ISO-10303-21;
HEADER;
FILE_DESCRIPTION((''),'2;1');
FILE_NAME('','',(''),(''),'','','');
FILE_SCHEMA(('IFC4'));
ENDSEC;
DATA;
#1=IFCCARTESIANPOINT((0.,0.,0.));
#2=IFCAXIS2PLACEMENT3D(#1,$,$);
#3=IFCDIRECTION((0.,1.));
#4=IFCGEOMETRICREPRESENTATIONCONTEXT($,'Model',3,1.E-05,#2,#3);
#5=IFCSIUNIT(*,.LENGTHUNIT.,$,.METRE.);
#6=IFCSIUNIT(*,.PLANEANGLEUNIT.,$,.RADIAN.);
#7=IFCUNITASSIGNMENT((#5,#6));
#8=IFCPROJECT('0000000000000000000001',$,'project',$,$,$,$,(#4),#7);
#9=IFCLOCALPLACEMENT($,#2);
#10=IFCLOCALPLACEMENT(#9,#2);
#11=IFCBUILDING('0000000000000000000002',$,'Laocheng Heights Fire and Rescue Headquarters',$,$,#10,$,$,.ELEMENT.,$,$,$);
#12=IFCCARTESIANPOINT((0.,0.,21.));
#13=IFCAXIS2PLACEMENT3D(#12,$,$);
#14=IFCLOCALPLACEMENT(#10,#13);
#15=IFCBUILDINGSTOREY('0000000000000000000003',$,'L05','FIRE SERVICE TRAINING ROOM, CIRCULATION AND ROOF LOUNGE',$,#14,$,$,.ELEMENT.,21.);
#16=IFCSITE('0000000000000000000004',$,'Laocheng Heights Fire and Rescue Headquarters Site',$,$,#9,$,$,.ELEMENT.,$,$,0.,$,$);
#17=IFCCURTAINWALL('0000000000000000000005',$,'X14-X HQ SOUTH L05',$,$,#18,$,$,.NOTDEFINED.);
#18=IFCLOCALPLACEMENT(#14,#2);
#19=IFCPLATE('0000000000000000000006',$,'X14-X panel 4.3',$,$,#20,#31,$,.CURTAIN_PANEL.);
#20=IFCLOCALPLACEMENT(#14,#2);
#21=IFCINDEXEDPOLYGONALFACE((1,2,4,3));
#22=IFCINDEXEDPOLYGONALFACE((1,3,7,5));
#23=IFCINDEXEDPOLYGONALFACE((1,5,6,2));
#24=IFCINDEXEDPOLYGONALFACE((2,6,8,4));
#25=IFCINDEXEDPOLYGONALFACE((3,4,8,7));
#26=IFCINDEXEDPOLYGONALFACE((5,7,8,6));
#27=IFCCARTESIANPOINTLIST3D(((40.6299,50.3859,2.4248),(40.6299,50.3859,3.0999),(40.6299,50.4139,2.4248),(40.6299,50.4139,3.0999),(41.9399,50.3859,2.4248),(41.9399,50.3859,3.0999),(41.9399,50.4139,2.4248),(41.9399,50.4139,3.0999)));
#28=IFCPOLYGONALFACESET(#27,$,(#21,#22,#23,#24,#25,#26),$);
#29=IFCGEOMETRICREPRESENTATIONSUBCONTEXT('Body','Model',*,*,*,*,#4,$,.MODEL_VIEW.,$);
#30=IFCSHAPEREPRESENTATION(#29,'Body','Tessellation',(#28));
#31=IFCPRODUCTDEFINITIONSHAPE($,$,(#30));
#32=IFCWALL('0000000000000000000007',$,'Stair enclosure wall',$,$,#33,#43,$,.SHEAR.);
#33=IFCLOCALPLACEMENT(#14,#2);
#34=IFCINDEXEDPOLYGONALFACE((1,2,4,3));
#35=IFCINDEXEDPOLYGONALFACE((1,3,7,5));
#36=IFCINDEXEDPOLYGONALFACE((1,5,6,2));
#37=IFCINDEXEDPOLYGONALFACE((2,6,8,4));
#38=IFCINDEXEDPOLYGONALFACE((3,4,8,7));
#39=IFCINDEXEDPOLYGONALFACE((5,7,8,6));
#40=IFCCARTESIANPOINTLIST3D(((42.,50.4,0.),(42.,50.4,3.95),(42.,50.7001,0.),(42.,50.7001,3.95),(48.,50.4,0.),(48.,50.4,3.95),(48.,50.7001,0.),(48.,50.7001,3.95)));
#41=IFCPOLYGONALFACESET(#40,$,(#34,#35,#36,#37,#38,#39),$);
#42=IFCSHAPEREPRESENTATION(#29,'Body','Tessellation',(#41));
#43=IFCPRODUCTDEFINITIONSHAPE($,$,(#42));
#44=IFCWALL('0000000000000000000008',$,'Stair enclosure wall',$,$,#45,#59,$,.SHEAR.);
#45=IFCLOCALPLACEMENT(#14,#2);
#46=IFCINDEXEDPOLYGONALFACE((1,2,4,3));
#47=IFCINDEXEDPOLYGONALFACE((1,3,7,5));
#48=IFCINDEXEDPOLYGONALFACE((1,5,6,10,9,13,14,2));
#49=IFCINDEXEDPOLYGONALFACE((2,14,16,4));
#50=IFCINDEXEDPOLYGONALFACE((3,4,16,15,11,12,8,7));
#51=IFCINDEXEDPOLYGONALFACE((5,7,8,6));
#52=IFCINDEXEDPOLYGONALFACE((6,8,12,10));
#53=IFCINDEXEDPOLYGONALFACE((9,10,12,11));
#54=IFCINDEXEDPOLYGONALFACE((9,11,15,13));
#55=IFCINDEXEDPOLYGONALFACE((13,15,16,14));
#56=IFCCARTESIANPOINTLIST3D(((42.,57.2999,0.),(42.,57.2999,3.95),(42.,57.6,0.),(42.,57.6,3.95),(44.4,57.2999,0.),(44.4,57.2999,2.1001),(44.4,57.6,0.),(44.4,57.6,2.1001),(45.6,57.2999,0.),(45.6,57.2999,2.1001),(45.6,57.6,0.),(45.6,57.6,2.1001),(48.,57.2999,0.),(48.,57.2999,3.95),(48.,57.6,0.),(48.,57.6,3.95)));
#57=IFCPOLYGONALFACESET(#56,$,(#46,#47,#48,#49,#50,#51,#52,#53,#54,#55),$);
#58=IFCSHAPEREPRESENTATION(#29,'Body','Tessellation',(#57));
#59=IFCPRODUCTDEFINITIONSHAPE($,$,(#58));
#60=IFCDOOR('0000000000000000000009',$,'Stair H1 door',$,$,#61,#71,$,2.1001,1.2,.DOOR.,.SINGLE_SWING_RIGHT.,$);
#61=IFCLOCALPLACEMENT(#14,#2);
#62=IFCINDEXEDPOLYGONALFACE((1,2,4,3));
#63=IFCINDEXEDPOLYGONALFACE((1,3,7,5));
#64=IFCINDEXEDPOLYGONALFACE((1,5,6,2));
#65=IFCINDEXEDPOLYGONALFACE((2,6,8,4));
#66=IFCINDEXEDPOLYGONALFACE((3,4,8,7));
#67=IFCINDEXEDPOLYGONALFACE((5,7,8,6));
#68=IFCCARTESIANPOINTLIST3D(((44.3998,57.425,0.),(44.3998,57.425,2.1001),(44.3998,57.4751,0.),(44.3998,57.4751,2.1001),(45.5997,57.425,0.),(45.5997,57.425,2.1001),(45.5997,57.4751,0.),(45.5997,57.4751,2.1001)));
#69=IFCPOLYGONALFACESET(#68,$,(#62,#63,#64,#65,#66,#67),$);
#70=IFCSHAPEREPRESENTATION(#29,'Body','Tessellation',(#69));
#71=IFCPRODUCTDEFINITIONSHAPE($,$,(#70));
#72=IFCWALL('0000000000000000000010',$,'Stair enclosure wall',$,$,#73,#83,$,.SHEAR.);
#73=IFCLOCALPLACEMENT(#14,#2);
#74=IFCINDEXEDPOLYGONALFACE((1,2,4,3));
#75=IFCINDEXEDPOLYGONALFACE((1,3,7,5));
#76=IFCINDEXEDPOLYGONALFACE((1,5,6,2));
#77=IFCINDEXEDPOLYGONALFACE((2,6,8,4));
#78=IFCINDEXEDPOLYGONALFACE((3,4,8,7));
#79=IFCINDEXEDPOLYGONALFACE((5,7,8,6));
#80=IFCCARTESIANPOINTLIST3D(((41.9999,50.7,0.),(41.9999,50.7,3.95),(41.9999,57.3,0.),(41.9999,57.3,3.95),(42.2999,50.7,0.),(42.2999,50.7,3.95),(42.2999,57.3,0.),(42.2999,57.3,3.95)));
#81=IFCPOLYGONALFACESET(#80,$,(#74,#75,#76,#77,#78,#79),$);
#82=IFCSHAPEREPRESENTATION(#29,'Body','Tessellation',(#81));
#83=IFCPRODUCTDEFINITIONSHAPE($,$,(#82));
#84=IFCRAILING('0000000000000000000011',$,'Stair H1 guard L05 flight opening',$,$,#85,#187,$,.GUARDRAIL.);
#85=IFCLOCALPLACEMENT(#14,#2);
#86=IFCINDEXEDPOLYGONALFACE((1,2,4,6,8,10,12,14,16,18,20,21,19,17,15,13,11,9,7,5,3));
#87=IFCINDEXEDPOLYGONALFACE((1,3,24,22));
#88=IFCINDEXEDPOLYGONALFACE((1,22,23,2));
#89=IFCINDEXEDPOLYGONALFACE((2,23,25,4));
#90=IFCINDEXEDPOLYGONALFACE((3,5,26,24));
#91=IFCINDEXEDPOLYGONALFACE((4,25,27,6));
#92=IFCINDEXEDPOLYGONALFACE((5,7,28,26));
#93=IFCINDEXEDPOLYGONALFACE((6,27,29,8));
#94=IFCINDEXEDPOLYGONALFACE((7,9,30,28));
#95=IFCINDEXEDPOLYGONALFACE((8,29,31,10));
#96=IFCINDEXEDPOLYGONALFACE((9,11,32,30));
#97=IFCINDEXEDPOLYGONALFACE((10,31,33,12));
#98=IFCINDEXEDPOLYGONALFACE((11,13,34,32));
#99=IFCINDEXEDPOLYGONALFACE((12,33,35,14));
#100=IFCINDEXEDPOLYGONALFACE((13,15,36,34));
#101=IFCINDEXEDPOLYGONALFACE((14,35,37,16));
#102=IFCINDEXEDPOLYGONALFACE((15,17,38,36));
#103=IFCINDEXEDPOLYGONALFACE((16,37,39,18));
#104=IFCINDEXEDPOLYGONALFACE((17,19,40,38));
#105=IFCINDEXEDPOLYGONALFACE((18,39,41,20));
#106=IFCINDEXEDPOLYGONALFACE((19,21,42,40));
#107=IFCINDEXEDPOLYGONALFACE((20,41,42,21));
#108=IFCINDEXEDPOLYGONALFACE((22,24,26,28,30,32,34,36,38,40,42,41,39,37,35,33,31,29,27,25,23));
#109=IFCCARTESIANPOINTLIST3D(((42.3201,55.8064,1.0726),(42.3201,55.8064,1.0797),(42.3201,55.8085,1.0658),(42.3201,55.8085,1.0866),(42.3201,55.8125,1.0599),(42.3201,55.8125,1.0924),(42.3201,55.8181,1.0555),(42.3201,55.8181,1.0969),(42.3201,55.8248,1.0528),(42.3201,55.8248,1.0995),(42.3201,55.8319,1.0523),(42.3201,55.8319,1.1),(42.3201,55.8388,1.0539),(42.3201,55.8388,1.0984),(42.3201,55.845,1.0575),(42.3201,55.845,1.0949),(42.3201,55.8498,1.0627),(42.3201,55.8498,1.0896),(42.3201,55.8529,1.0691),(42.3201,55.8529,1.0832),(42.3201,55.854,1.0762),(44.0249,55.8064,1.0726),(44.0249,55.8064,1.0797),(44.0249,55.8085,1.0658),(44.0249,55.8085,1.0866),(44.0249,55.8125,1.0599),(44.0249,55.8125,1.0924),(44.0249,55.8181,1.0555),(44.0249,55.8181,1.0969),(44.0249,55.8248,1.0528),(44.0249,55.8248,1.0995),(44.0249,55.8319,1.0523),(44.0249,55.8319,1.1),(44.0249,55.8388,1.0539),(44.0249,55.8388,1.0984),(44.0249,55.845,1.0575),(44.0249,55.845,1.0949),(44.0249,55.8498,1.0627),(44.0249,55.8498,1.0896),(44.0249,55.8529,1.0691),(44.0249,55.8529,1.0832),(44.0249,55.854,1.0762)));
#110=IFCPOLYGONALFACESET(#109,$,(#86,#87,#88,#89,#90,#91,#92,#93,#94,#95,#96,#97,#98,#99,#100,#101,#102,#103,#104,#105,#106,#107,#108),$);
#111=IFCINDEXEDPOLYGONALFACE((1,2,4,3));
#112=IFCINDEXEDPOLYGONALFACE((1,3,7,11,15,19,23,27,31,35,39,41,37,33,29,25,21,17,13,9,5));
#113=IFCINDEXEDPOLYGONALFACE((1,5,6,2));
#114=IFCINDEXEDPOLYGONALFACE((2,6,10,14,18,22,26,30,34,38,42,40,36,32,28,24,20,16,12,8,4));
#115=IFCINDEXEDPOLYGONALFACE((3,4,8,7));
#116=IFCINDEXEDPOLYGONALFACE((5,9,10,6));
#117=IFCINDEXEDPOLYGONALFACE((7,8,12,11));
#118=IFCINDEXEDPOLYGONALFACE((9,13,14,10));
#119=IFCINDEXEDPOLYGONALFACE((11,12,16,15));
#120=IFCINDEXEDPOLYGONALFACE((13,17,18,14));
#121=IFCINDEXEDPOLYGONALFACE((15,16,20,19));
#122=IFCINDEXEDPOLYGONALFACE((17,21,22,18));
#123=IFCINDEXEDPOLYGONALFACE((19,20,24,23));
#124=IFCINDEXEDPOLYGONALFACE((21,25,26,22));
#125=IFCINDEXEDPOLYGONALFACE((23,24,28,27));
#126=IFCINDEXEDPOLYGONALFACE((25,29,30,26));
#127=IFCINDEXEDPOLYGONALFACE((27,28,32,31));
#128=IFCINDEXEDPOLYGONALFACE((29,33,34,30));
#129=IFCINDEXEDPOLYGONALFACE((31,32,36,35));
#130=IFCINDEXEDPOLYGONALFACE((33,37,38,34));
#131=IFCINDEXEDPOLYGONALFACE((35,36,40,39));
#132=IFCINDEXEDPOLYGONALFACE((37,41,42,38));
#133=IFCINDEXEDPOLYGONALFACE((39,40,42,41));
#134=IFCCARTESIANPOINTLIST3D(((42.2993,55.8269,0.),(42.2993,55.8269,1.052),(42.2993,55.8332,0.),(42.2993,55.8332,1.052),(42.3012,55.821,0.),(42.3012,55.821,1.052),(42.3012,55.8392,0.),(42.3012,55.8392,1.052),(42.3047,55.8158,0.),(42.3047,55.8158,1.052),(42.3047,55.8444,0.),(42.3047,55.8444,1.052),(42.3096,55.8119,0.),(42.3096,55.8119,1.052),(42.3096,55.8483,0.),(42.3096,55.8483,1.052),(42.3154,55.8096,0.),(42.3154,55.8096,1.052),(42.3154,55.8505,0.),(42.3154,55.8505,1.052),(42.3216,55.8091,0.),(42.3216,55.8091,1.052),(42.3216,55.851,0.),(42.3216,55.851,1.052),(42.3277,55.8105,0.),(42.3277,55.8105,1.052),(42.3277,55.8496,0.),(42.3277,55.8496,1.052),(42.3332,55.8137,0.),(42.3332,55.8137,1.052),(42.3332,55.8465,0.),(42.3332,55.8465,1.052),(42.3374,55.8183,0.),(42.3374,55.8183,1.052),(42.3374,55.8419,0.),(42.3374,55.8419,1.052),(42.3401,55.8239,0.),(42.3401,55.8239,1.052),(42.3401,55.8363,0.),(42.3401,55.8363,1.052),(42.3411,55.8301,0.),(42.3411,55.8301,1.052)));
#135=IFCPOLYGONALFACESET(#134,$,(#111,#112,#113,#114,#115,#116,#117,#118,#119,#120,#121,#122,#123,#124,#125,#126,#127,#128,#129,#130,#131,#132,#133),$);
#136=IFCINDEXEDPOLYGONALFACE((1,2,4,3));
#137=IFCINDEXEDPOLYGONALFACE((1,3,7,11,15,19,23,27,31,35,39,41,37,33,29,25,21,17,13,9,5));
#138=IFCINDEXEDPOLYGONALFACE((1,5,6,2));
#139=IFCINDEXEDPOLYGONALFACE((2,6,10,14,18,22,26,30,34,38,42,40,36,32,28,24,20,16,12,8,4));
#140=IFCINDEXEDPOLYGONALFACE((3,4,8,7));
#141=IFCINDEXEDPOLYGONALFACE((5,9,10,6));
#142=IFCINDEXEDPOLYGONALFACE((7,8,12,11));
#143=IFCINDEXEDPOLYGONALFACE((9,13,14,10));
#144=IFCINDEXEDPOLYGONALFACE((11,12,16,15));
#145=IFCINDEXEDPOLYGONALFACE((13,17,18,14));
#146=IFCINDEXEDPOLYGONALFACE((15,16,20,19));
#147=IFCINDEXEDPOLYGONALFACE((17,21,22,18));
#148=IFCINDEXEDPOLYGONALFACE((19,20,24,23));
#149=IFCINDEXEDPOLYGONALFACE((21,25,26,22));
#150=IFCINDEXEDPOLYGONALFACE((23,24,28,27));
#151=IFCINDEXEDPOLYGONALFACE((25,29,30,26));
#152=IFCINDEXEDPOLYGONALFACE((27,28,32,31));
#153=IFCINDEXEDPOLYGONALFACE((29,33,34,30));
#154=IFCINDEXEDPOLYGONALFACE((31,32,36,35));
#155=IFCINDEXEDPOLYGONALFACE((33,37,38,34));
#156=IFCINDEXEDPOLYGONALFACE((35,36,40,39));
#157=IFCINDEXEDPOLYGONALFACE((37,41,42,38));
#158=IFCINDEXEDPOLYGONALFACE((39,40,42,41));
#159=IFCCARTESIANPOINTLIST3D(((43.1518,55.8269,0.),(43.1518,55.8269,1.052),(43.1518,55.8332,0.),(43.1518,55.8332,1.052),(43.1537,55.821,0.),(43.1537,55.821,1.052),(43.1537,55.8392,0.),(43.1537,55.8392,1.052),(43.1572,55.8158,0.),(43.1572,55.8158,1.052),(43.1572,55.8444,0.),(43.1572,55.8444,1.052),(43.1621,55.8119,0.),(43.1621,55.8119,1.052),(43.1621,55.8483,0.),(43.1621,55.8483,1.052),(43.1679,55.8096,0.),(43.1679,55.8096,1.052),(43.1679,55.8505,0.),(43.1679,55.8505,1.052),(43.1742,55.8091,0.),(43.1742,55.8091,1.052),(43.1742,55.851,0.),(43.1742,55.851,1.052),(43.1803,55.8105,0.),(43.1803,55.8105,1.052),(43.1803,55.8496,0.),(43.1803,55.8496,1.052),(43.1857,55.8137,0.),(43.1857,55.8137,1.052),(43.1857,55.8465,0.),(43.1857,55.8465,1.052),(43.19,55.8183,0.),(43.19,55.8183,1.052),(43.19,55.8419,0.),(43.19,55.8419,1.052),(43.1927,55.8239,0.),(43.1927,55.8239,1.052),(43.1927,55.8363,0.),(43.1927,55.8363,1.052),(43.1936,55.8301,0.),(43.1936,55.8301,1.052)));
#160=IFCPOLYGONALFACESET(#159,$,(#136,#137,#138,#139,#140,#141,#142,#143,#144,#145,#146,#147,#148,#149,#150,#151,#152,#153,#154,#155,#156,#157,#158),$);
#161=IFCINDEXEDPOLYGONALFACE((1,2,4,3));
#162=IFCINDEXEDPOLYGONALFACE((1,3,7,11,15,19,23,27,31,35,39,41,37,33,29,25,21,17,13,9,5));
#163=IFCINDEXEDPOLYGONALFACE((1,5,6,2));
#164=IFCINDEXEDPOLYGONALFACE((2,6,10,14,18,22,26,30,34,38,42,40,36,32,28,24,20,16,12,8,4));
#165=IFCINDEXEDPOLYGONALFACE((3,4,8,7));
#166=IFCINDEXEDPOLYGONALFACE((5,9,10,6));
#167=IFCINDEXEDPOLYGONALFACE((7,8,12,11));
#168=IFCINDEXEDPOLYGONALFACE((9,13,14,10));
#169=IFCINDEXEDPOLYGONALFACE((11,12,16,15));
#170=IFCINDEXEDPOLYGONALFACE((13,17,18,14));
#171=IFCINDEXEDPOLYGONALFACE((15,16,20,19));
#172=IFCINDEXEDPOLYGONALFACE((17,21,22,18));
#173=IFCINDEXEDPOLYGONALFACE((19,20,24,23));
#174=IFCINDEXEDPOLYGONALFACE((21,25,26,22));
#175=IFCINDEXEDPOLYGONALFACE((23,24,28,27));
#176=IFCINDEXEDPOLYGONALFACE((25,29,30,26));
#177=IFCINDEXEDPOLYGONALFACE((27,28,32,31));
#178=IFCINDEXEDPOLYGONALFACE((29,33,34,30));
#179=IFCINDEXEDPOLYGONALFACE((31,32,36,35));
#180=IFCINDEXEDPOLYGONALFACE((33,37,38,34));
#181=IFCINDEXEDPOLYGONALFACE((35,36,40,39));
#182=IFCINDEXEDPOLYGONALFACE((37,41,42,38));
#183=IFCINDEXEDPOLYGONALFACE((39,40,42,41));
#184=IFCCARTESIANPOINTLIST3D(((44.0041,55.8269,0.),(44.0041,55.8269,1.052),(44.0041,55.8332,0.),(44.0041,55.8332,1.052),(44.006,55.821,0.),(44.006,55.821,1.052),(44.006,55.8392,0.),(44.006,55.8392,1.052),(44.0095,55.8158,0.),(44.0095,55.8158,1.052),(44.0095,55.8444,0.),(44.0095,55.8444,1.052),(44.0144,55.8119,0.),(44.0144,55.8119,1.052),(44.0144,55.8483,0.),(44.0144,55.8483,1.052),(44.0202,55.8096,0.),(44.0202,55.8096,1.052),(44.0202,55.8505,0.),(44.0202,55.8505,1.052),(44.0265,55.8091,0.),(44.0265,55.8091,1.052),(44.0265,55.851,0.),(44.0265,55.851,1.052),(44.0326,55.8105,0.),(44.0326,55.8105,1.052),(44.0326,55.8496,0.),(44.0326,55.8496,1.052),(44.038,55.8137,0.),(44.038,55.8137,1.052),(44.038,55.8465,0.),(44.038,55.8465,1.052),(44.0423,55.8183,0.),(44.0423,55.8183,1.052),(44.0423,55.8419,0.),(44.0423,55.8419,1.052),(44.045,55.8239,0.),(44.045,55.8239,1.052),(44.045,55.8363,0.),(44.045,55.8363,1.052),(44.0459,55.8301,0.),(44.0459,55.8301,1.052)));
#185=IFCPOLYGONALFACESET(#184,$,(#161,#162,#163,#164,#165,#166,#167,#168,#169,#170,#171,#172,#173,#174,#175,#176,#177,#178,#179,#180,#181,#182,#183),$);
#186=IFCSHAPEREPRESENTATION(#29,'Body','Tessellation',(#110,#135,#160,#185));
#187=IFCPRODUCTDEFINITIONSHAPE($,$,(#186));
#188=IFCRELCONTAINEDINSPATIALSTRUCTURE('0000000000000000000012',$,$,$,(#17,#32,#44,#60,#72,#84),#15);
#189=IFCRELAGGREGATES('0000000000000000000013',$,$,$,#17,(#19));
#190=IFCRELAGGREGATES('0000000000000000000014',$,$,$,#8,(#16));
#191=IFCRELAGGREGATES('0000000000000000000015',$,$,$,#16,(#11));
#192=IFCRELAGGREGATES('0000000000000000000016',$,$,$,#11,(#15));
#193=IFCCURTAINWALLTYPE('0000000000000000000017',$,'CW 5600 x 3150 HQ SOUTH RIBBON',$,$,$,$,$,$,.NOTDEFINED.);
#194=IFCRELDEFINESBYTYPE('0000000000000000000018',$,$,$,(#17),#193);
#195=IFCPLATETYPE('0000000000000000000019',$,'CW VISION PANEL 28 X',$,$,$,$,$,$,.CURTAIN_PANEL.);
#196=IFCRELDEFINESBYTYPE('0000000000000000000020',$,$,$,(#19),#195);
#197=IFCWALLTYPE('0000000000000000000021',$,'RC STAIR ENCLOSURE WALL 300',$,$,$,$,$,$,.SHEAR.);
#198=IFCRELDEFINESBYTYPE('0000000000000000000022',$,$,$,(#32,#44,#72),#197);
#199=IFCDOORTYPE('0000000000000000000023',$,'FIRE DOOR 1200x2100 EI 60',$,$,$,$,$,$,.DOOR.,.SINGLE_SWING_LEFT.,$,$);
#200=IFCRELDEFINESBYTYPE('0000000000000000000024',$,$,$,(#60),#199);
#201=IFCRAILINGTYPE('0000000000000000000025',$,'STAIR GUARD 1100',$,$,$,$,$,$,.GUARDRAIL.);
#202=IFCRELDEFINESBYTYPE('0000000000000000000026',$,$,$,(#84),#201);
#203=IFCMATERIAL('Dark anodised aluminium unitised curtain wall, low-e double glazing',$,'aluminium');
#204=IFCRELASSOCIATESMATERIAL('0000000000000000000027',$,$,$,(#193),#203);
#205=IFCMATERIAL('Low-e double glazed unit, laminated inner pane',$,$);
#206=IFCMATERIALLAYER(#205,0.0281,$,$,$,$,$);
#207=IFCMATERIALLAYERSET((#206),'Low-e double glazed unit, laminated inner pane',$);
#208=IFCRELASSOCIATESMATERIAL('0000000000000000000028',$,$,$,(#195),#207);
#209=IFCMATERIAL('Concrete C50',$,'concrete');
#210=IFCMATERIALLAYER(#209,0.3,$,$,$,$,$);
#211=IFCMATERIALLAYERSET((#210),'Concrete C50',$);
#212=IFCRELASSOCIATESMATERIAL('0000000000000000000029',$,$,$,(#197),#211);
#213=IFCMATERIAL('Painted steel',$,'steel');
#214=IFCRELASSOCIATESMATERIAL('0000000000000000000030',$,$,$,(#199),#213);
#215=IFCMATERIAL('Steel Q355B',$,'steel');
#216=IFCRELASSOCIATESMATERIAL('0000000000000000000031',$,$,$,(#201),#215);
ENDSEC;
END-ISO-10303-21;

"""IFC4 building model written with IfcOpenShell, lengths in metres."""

from ifc_helpers import new_model, si_unit, direction, frame, frame_2d, origin, origin_2d, place, context, subcontext, project, spatial, rectangle, circle, extrude, material, layer, layer_set, type_object, element, fill, aggregate, save


model = new_model("IFC4")

# Units and contexts
model_context = context("Model", 3, precision=1e-05, world=origin(), true_north=direction((0.0, 1.0)))
body_context = subcontext(model_context, "Body", "Model", "MODEL_VIEW")
ifc_project = project(units=[si_unit("LENGTHUNIT", "METRE"), si_unit("PLANEANGLEUNIT", "RADIAN")], contexts=[model_context])

# Site, building, storey
site_placement = place(None, origin())
site = spatial("IfcSite", under=ifc_project, at=site_placement, Name="Laocheng Heights Fire and Rescue Headquarters Site", CompositionType="ELEMENT", RefElevation=0.0)
building_placement = place(site_placement, origin())
building = spatial("IfcBuilding", under=site, at=building_placement, Name="Laocheng Heights Fire and Rescue Headquarters", CompositionType="ELEMENT")
storey_placement = place(building_placement, frame((0.0, 0.0, 21.0)))
storey = spatial("IfcBuildingStorey", under=building, at=storey_placement, Name="L05", Description="FIRE SERVICE TRAINING ROOM, CIRCULATION AND ROOF LOUNGE", CompositionType="ELEMENT", Elevation=21.0)

# Curtain wall
ifc_material_1 = material(Name="Dark anodised aluminium unitised curtain wall, low-e double glazing", Category="aluminium")
curtain_wall_type = type_object("IfcCurtainWallType", Name="CW 5600 x 3150 HQ SOUTH RIBBON", PredefinedType="NOTDEFINED", material=ifc_material_1)
curtain_wall_placement = place(storey_placement, origin())
curtain_wall = element("IfcCurtainWall", 1, at=curtain_wall_placement, inside=storey, type_object=curtain_wall_type, Name="X14-X HQ SOUTH L05", PredefinedType="NOTDEFINED")

# Plate
ifc_material_2 = material(Name="Low-e double glazed unit, laminated inner pane")
ifc_layer_1 = layer(ifc_material_2, 0.0281)
ifc_layer_set_1 = layer_set([ifc_layer_1], Name="Low-e double glazed unit, laminated inner pane")
plate_type_1 = type_object("IfcPlateType", Name="CW VISION PANEL 28 X", PredefinedType="CURTAIN_PANEL", material=ifc_layer_set_1)
plate_1_placement = place(storey_placement, frame((41.2849, 50.3999, 2.4248), z_axis=(0.0, 0.0, 1.0), x_axis=(1.0, 0.0, 0.0)))
plate_1 = element("IfcPlate", 2, at=plate_1_placement, type_object=plate_type_1, Name="X14-X panel 4.3", PredefinedType="CURTAIN_PANEL", context=body_context, shape_type="SweptSolid", body=[
    extrude(rectangle(XDim=1.3101, YDim=0.0281, at=origin_2d()), origin(), (0.0, 0.0, 1.0), 0.675),
])
aggregate(curtain_wall, [plate_1])

# Wall
ifc_material_3 = material(Name="Concrete C50", Category="concrete")
ifc_layer_2 = layer(ifc_material_3, 0.3)
ifc_layer_set_2 = layer_set([ifc_layer_2], Name="Concrete C50")
wall_type = type_object("IfcWallType", Name="RC STAIR ENCLOSURE WALL 300", PredefinedType="SHEAR", material=ifc_layer_set_2)
wall_1_placement = place(storey_placement, frame((42.0, 50.55, 0.0), z_axis=(0.0, 0.0, 1.0), x_axis=(1.0, 0.0, 0.0)))
element("IfcWall", 3, at=wall_1_placement, inside=storey, type_object=wall_type, Name="Stair enclosure wall", PredefinedType="SHEAR", context=body_context, shape_type="SweptSolid", body=[
    extrude(rectangle(XDim=6.0, YDim=0.3, at=frame_2d((3.0, 0.0))), origin(), (0.0, 0.0, 1.0), 3.95),
])

# Wall, opening, door
wall_2_placement = place(storey_placement, frame((42.0, 57.45, 0.0), z_axis=(0.0, 0.0, 1.0), x_axis=(1.0, 0.0, 0.0)))
wall_2 = element("IfcWall", 4, at=wall_2_placement, inside=storey, type_object=wall_type, Name="Stair enclosure wall", PredefinedType="SHEAR", context=body_context, shape_type="SweptSolid", body=[
    extrude(rectangle(XDim=6.0, YDim=0.3, at=frame_2d((3.0, 0.0))), origin(), (0.0, 0.0, 1.0), 3.95),
])
opening_placement = place(wall_2_placement, frame((2.3999, 0.0, 0.0)))
opening = element("IfcOpeningElement", 5, at=opening_placement, cuts=wall_2, PredefinedType="OPENING", context=body_context, shape_type="SweptSolid", body=[
    extrude(rectangle(XDim=1.2, YDim=2.1001, at=frame_2d((0.6001, 1.05))), frame((0.0, 0.1599, 0.0), z_axis=(0.0, -1.0, 0.0), x_axis=(1.0, 0.0, 0.0)), (0.0, 0.0, 1.0), 0.3201),
])
ifc_material_4 = material(Name="Painted steel", Category="steel")
door_type = type_object("IfcDoorType", Name="FIRE DOOR 1200x2100 EI 60", OperationType="SINGLE_SWING_LEFT", PredefinedType="DOOR", material=ifc_material_4)
door_placement = place(opening_placement, frame((1.2, 0.0, 0.0), z_axis=(0.0, 0.0, 1.0), x_axis=(-1.0, 0.0, 0.0)))
door = element("IfcDoor", 6, at=door_placement, inside=storey, type_object=door_type, Name="Stair H1 door", OperationType="SINGLE_SWING_RIGHT", OverallHeight=2.1001, OverallWidth=1.2, PredefinedType="DOOR", context=body_context, shape_type="SweptSolid", body=[
    extrude(rectangle(XDim=1.2, YDim=2.1001, at=frame_2d((0.6001, 1.05))), frame((0.0, 0.0249, 0.0), z_axis=(0.0, -1.0, 0.0), x_axis=(1.0, 0.0, 0.0)), (0.0, 0.0, 1.0), 0.05),
])
fill(opening, door)

# Wall
wall_3_placement = place(storey_placement, frame((42.1499, 50.7, 0.0), z_axis=(0.0, 0.0, 1.0), x_axis=(0.0, 1.0, 0.0)))
element("IfcWall", 7, at=wall_3_placement, inside=storey, type_object=wall_type, Name="Stair enclosure wall", PredefinedType="SHEAR", context=body_context, shape_type="SweptSolid", body=[
    extrude(rectangle(XDim=6.6001, YDim=0.3, at=frame_2d((3.3, 0.0))), origin(), (0.0, 0.0, 1.0), 3.95),
])

# Railing
ifc_material_5 = material(Name="Steel Q355B", Category="steel")
railing_type = type_object("IfcRailingType", Name="STAIR GUARD 1100", PredefinedType="GUARDRAIL", material=ifc_material_5)
railing_placement = place(storey_placement, frame((42.3201, 55.8301, 0.0)))
element("IfcRailing", 8, at=railing_placement, inside=storey, type_object=railing_type, Name="Stair H1 guard L05 flight opening", PredefinedType="GUARDRAIL", context=body_context, shape_type="SweptSolid", body=[
    extrude(circle(Radius=0.0239, at=origin_2d()), frame((0.0, 0.0, 1.0762), z_axis=(1.0, 0.0, 0.0), x_axis=(0.0, 1.0, 0.0)), (0.0, 0.0, 1.0), 1.7048),
    extrude(circle(Radius=0.021, at=origin_2d()), origin(), (0.0, 0.0, 1.0), 1.052),
    extrude(circle(Radius=0.021, at=origin_2d()), frame((0.8525, 0.0, 0.0)), (0.0, 0.0, 1.0), 1.052),
    extrude(circle(Radius=0.021, at=origin_2d()), frame((1.7048, 0.0, 0.0)), (0.0, 0.0, 1.0), 1.052),
])

save(model, "model.ifc")
